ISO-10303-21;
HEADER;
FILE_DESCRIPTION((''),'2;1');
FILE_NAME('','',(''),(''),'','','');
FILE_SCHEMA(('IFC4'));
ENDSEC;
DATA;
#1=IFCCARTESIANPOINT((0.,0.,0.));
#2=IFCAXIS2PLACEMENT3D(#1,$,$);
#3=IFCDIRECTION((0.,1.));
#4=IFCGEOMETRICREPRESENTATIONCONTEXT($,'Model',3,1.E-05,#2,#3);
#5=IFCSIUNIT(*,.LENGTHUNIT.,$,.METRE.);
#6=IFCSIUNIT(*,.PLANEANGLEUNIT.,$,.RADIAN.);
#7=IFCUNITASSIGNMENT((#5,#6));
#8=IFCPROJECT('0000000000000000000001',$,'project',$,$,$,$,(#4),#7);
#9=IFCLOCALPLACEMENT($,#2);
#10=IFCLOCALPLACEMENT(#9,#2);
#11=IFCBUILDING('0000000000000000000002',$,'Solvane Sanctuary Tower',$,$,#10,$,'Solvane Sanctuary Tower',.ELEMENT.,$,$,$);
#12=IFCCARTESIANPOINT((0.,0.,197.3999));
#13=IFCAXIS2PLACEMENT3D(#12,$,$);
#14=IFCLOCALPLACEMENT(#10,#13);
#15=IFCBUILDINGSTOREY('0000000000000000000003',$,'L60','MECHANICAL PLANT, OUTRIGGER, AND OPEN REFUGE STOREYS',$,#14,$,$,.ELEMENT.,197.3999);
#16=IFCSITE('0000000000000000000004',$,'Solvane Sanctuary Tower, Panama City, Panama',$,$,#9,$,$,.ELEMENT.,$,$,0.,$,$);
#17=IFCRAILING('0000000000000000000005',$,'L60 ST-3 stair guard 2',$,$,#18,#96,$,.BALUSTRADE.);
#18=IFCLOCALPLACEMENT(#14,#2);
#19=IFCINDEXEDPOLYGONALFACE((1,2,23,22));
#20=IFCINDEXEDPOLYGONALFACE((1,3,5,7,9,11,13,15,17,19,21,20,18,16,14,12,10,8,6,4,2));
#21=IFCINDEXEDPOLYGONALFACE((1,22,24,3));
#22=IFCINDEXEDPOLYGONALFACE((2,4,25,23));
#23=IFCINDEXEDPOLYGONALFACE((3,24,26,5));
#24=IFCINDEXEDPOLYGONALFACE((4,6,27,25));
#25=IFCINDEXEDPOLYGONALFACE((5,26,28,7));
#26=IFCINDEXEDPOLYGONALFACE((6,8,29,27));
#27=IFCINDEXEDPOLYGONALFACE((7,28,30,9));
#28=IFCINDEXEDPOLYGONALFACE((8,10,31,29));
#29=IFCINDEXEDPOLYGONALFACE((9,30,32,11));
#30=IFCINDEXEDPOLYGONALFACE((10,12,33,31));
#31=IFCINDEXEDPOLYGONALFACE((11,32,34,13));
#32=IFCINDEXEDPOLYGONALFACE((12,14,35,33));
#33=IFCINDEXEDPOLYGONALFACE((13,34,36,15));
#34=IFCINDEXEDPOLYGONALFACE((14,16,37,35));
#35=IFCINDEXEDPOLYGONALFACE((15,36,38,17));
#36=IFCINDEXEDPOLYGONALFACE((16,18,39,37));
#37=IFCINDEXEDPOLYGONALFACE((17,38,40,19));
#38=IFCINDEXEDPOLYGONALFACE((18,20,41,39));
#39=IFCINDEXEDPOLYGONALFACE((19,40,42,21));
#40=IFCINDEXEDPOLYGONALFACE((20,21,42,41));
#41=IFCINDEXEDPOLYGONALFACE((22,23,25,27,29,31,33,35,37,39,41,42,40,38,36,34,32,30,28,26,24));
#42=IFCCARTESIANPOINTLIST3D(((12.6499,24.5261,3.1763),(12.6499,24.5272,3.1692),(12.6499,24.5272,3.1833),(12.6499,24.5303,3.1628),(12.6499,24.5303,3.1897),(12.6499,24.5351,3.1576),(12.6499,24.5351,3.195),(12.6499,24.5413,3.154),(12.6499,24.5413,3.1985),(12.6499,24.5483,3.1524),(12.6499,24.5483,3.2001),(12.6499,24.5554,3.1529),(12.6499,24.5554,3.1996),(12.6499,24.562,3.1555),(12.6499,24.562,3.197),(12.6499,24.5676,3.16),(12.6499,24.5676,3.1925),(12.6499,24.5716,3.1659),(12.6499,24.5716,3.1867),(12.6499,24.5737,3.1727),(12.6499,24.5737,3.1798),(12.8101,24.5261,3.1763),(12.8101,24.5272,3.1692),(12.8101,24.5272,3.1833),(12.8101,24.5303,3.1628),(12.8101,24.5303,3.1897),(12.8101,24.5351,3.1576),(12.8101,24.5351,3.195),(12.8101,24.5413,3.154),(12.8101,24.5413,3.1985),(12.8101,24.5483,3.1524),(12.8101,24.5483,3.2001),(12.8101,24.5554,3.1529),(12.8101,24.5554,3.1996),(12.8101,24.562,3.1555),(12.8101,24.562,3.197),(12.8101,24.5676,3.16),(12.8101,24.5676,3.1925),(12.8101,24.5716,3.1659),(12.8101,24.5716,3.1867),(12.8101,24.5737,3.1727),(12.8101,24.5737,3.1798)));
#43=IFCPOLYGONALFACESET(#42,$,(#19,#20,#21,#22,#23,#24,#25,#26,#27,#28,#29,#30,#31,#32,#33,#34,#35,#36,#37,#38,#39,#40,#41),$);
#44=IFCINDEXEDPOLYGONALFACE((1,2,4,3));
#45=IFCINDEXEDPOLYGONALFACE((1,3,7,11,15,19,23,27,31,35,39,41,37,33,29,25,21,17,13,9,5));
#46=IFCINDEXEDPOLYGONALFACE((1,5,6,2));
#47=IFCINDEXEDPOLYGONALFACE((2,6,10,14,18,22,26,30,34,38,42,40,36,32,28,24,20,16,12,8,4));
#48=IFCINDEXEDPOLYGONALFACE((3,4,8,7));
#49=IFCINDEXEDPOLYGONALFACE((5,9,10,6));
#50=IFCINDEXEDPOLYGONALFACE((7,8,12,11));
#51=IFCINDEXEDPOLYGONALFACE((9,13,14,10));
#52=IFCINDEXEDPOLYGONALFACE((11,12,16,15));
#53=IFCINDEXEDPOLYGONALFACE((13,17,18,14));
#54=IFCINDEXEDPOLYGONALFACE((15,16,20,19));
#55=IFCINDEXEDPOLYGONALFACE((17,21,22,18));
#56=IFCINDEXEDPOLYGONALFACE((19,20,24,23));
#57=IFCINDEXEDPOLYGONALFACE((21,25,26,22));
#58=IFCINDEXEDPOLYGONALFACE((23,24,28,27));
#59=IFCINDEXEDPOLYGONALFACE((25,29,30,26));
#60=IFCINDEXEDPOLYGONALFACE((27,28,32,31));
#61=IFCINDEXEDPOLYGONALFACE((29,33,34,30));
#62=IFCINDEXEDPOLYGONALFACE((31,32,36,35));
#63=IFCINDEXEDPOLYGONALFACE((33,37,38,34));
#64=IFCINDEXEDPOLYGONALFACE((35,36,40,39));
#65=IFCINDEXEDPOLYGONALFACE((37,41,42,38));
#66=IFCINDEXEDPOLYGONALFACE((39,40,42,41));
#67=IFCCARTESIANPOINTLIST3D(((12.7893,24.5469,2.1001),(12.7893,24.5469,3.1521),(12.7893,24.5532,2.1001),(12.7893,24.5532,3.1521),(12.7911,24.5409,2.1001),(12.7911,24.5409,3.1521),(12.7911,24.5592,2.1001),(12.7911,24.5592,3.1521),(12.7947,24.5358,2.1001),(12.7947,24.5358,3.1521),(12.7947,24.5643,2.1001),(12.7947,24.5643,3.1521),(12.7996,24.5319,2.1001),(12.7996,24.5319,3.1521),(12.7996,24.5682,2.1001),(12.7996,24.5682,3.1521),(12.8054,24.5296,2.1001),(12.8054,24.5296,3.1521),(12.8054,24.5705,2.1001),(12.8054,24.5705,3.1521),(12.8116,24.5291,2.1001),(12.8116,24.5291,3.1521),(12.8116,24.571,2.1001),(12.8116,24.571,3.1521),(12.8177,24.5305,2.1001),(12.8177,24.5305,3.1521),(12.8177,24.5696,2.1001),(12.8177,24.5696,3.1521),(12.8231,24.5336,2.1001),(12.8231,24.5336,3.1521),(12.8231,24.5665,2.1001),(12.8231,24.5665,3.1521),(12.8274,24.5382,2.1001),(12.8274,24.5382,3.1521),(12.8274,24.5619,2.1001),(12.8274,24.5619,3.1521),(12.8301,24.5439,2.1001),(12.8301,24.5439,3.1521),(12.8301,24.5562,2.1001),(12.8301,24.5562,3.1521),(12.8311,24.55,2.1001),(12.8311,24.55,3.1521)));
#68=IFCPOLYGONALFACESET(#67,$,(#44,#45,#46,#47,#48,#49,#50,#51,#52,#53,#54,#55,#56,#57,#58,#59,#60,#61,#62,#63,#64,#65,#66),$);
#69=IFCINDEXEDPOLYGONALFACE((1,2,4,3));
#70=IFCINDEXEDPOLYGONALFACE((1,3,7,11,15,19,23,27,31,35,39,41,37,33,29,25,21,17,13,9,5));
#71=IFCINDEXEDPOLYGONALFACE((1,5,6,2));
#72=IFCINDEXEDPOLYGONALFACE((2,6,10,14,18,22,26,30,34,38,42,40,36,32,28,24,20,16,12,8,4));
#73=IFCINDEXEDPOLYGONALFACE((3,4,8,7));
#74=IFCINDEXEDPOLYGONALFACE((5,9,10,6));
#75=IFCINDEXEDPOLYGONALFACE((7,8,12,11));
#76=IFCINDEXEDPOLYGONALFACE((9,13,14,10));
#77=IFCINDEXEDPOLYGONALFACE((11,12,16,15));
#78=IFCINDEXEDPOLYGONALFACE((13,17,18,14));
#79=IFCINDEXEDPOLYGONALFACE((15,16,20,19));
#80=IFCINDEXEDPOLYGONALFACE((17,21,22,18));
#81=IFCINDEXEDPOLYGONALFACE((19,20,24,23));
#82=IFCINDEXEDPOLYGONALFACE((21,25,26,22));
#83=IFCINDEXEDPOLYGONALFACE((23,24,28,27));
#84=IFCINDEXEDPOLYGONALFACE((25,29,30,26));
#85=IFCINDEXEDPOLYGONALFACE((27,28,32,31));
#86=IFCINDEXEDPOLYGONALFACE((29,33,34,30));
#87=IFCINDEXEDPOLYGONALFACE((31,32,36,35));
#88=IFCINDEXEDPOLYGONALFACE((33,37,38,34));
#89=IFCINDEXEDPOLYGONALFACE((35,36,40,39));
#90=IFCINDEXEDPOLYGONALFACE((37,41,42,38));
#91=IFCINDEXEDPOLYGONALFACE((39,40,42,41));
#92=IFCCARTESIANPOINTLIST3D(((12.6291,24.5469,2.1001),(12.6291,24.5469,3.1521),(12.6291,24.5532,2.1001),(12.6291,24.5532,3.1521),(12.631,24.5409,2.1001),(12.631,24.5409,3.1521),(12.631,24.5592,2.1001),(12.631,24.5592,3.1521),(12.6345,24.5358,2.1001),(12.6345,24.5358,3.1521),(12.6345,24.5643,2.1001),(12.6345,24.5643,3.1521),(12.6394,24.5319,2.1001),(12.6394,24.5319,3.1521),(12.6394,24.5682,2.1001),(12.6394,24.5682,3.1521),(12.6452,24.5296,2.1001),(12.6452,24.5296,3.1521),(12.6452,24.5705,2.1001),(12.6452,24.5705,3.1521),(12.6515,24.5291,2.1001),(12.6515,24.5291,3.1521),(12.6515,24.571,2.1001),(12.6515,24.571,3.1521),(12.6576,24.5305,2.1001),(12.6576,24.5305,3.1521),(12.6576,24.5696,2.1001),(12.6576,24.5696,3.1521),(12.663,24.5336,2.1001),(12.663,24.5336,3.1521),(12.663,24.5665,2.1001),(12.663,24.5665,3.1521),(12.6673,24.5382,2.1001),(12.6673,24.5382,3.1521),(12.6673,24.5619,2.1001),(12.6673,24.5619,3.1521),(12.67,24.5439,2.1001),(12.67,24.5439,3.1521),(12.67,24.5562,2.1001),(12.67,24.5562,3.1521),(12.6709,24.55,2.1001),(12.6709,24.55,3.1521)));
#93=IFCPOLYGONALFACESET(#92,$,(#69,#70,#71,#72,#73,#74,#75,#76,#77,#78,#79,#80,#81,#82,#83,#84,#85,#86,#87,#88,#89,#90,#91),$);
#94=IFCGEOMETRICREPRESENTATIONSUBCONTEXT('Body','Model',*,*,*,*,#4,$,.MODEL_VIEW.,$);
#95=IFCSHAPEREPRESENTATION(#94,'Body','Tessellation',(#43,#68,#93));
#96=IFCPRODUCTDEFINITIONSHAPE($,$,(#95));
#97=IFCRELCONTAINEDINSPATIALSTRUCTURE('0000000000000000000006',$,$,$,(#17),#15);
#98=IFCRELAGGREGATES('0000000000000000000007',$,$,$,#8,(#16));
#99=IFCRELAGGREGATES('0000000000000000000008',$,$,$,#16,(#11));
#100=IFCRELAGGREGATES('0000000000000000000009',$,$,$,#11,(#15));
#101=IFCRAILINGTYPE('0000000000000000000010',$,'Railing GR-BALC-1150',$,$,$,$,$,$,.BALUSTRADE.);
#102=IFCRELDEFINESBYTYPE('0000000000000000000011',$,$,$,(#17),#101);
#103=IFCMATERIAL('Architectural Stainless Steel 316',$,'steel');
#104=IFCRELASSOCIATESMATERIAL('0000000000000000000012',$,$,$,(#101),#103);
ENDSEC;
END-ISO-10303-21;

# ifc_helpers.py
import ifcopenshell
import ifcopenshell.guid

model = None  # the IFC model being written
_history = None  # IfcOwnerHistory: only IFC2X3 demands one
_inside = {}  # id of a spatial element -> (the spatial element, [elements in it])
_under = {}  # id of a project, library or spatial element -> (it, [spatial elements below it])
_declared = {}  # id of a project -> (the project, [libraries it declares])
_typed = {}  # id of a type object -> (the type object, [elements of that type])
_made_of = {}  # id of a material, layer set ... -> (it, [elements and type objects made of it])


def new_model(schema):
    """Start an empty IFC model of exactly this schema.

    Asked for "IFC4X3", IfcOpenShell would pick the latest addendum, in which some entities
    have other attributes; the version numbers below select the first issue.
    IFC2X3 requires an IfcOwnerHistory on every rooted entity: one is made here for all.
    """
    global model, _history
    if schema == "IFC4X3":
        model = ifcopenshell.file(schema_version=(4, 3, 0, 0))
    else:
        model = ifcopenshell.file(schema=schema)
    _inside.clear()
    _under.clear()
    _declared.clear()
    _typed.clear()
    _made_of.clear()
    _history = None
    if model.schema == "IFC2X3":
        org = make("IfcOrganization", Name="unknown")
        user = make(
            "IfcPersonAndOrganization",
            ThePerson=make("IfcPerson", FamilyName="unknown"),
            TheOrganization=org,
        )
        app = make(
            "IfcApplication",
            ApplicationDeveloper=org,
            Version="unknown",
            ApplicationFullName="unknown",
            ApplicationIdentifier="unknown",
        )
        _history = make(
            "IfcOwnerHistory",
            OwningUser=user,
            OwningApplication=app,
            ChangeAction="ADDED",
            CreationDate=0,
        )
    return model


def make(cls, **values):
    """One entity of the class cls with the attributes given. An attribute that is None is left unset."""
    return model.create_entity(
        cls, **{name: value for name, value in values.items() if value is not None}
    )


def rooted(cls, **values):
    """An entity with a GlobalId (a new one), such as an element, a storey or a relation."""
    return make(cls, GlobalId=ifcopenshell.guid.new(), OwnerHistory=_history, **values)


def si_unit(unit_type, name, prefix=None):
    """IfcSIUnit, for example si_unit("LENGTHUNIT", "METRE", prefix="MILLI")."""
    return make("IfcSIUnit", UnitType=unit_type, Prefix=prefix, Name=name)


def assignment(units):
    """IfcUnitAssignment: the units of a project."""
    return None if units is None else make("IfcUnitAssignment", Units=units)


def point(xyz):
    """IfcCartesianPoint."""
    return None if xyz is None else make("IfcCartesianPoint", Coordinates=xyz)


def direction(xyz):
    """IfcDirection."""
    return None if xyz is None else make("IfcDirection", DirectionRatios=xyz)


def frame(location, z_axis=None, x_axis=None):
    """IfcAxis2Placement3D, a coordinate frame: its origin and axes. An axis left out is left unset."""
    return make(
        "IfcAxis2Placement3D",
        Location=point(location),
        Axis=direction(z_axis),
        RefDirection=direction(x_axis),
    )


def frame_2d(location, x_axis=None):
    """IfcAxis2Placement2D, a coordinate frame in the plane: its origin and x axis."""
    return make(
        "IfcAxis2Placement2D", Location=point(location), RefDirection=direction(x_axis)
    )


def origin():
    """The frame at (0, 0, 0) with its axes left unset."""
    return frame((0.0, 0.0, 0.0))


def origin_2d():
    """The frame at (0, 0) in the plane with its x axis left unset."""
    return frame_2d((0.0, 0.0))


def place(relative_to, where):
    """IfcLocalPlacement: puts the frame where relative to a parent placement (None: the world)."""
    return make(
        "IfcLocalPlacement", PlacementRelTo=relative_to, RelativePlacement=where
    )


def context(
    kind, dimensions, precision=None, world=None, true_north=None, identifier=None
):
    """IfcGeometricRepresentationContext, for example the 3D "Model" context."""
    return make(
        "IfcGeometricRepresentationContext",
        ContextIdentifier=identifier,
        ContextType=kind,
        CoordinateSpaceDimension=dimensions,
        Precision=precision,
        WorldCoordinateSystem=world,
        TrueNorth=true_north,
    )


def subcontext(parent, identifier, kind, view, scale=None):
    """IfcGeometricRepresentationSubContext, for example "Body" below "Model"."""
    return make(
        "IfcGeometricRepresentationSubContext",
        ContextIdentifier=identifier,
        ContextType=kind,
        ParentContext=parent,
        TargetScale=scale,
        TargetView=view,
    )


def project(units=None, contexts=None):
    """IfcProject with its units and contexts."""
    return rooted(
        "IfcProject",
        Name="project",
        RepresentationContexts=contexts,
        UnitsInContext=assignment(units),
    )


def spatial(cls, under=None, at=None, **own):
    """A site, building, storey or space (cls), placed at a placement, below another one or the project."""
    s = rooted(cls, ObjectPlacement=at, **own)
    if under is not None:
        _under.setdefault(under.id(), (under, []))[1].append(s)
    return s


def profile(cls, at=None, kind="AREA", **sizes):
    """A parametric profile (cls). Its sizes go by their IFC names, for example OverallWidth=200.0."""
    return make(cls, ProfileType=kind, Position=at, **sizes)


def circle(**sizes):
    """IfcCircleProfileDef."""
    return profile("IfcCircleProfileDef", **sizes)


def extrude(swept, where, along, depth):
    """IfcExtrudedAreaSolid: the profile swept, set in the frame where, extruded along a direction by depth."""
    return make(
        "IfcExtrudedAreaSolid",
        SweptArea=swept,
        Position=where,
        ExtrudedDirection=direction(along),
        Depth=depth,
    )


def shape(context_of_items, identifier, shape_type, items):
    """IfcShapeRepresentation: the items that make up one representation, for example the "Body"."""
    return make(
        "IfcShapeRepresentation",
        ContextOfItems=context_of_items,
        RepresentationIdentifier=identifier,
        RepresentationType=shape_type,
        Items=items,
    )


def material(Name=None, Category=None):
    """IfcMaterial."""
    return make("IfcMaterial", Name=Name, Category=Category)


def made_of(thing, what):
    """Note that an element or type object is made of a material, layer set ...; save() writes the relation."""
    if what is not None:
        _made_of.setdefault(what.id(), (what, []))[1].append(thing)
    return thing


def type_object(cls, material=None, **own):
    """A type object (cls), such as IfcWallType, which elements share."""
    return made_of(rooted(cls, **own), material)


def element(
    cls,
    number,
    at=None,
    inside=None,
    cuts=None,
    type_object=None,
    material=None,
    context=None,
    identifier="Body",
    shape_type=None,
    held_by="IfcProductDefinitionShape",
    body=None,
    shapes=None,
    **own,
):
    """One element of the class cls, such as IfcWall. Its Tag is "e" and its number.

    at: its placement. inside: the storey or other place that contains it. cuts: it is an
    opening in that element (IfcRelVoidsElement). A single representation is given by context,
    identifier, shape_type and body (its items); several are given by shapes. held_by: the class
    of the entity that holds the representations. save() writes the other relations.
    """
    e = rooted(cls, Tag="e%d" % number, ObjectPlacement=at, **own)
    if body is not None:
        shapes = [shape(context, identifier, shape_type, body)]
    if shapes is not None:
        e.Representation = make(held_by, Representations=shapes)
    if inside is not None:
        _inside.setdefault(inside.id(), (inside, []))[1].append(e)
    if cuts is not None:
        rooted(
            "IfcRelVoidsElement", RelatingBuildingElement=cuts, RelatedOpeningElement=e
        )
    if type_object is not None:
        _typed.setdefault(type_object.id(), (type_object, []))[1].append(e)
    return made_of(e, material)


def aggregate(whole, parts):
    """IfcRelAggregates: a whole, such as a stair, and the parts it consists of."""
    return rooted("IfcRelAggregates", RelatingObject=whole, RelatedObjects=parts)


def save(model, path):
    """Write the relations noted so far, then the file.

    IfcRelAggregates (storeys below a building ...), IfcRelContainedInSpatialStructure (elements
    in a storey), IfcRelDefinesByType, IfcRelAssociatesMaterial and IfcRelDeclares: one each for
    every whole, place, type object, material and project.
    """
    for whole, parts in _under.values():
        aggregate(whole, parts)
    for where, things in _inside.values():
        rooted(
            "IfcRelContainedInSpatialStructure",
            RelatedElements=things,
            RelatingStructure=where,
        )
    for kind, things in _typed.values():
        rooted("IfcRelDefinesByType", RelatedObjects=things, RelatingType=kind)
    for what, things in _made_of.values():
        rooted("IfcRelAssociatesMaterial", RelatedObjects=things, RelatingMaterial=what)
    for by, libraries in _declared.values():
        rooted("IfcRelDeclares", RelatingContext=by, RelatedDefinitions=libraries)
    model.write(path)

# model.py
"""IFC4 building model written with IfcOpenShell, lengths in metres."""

from ifc_helpers import new_model, si_unit, direction, frame, origin, origin_2d, place, context, subcontext, project, spatial, circle, extrude, material, type_object, element, save


model = new_model("IFC4")

# Units and contexts
model_context = context("Model", 3, precision=1e-05, world=origin(), true_north=direction((0.0, 1.0)))
body_context = subcontext(model_context, "Body", "Model", "MODEL_VIEW")
ifc_project = project(units=[si_unit("LENGTHUNIT", "METRE"), si_unit("PLANEANGLEUNIT", "RADIAN")], contexts=[model_context])

# Site, building, storey
site_placement = place(None, origin())
site = spatial("IfcSite", under=ifc_project, at=site_placement, Name="Solvane Sanctuary Tower, Panama City, Panama", CompositionType="ELEMENT", RefElevation=0.0)
building_placement = place(site_placement, origin())
building = spatial("IfcBuilding", under=site, at=building_placement, Name="Solvane Sanctuary Tower", LongName="Solvane Sanctuary Tower", CompositionType="ELEMENT")
storey_placement = place(building_placement, frame((0.0, 0.0, 197.3999)))
storey = spatial("IfcBuildingStorey", under=building, at=storey_placement, Name="L60", Description="MECHANICAL PLANT, OUTRIGGER, AND OPEN REFUGE STOREYS", CompositionType="ELEMENT", Elevation=197.3999)

# Shared definitions
ifc_material_1 = material(Name="Architectural Stainless Steel 316", Category="steel")

# Railing
railing_type_1 = type_object("IfcRailingType", Name="Railing GR-BALC-1150", PredefinedType="BALUSTRADE", material=ifc_material_1)
railing_1_placement = place(storey_placement, frame((12.8101, 24.55, 2.1001)))
element("IfcRailing", 1, at=railing_1_placement, inside=storey, type_object=railing_type_1, Name="L60 ST-3 stair guard 2", PredefinedType="BALUSTRADE", context=body_context, shape_type="SweptSolid", body=[
    extrude(circle(Radius=0.0239, at=origin_2d()), frame((0.0, 0.0, 1.0762), z_axis=(-1.0, 0.0, 0.0), x_axis=(0.0, -1.0, 0.0)), (0.0, 0.0, 1.0), 0.1602),
    extrude(circle(Radius=0.021, at=origin_2d()), origin(), (0.0, 0.0, 1.0), 1.052),
    extrude(circle(Radius=0.021, at=origin_2d()), frame((-0.1602, 0.0, 0.0)), (0.0, 0.0, 1.0), 1.052),
])

save(model, "model.ifc")
